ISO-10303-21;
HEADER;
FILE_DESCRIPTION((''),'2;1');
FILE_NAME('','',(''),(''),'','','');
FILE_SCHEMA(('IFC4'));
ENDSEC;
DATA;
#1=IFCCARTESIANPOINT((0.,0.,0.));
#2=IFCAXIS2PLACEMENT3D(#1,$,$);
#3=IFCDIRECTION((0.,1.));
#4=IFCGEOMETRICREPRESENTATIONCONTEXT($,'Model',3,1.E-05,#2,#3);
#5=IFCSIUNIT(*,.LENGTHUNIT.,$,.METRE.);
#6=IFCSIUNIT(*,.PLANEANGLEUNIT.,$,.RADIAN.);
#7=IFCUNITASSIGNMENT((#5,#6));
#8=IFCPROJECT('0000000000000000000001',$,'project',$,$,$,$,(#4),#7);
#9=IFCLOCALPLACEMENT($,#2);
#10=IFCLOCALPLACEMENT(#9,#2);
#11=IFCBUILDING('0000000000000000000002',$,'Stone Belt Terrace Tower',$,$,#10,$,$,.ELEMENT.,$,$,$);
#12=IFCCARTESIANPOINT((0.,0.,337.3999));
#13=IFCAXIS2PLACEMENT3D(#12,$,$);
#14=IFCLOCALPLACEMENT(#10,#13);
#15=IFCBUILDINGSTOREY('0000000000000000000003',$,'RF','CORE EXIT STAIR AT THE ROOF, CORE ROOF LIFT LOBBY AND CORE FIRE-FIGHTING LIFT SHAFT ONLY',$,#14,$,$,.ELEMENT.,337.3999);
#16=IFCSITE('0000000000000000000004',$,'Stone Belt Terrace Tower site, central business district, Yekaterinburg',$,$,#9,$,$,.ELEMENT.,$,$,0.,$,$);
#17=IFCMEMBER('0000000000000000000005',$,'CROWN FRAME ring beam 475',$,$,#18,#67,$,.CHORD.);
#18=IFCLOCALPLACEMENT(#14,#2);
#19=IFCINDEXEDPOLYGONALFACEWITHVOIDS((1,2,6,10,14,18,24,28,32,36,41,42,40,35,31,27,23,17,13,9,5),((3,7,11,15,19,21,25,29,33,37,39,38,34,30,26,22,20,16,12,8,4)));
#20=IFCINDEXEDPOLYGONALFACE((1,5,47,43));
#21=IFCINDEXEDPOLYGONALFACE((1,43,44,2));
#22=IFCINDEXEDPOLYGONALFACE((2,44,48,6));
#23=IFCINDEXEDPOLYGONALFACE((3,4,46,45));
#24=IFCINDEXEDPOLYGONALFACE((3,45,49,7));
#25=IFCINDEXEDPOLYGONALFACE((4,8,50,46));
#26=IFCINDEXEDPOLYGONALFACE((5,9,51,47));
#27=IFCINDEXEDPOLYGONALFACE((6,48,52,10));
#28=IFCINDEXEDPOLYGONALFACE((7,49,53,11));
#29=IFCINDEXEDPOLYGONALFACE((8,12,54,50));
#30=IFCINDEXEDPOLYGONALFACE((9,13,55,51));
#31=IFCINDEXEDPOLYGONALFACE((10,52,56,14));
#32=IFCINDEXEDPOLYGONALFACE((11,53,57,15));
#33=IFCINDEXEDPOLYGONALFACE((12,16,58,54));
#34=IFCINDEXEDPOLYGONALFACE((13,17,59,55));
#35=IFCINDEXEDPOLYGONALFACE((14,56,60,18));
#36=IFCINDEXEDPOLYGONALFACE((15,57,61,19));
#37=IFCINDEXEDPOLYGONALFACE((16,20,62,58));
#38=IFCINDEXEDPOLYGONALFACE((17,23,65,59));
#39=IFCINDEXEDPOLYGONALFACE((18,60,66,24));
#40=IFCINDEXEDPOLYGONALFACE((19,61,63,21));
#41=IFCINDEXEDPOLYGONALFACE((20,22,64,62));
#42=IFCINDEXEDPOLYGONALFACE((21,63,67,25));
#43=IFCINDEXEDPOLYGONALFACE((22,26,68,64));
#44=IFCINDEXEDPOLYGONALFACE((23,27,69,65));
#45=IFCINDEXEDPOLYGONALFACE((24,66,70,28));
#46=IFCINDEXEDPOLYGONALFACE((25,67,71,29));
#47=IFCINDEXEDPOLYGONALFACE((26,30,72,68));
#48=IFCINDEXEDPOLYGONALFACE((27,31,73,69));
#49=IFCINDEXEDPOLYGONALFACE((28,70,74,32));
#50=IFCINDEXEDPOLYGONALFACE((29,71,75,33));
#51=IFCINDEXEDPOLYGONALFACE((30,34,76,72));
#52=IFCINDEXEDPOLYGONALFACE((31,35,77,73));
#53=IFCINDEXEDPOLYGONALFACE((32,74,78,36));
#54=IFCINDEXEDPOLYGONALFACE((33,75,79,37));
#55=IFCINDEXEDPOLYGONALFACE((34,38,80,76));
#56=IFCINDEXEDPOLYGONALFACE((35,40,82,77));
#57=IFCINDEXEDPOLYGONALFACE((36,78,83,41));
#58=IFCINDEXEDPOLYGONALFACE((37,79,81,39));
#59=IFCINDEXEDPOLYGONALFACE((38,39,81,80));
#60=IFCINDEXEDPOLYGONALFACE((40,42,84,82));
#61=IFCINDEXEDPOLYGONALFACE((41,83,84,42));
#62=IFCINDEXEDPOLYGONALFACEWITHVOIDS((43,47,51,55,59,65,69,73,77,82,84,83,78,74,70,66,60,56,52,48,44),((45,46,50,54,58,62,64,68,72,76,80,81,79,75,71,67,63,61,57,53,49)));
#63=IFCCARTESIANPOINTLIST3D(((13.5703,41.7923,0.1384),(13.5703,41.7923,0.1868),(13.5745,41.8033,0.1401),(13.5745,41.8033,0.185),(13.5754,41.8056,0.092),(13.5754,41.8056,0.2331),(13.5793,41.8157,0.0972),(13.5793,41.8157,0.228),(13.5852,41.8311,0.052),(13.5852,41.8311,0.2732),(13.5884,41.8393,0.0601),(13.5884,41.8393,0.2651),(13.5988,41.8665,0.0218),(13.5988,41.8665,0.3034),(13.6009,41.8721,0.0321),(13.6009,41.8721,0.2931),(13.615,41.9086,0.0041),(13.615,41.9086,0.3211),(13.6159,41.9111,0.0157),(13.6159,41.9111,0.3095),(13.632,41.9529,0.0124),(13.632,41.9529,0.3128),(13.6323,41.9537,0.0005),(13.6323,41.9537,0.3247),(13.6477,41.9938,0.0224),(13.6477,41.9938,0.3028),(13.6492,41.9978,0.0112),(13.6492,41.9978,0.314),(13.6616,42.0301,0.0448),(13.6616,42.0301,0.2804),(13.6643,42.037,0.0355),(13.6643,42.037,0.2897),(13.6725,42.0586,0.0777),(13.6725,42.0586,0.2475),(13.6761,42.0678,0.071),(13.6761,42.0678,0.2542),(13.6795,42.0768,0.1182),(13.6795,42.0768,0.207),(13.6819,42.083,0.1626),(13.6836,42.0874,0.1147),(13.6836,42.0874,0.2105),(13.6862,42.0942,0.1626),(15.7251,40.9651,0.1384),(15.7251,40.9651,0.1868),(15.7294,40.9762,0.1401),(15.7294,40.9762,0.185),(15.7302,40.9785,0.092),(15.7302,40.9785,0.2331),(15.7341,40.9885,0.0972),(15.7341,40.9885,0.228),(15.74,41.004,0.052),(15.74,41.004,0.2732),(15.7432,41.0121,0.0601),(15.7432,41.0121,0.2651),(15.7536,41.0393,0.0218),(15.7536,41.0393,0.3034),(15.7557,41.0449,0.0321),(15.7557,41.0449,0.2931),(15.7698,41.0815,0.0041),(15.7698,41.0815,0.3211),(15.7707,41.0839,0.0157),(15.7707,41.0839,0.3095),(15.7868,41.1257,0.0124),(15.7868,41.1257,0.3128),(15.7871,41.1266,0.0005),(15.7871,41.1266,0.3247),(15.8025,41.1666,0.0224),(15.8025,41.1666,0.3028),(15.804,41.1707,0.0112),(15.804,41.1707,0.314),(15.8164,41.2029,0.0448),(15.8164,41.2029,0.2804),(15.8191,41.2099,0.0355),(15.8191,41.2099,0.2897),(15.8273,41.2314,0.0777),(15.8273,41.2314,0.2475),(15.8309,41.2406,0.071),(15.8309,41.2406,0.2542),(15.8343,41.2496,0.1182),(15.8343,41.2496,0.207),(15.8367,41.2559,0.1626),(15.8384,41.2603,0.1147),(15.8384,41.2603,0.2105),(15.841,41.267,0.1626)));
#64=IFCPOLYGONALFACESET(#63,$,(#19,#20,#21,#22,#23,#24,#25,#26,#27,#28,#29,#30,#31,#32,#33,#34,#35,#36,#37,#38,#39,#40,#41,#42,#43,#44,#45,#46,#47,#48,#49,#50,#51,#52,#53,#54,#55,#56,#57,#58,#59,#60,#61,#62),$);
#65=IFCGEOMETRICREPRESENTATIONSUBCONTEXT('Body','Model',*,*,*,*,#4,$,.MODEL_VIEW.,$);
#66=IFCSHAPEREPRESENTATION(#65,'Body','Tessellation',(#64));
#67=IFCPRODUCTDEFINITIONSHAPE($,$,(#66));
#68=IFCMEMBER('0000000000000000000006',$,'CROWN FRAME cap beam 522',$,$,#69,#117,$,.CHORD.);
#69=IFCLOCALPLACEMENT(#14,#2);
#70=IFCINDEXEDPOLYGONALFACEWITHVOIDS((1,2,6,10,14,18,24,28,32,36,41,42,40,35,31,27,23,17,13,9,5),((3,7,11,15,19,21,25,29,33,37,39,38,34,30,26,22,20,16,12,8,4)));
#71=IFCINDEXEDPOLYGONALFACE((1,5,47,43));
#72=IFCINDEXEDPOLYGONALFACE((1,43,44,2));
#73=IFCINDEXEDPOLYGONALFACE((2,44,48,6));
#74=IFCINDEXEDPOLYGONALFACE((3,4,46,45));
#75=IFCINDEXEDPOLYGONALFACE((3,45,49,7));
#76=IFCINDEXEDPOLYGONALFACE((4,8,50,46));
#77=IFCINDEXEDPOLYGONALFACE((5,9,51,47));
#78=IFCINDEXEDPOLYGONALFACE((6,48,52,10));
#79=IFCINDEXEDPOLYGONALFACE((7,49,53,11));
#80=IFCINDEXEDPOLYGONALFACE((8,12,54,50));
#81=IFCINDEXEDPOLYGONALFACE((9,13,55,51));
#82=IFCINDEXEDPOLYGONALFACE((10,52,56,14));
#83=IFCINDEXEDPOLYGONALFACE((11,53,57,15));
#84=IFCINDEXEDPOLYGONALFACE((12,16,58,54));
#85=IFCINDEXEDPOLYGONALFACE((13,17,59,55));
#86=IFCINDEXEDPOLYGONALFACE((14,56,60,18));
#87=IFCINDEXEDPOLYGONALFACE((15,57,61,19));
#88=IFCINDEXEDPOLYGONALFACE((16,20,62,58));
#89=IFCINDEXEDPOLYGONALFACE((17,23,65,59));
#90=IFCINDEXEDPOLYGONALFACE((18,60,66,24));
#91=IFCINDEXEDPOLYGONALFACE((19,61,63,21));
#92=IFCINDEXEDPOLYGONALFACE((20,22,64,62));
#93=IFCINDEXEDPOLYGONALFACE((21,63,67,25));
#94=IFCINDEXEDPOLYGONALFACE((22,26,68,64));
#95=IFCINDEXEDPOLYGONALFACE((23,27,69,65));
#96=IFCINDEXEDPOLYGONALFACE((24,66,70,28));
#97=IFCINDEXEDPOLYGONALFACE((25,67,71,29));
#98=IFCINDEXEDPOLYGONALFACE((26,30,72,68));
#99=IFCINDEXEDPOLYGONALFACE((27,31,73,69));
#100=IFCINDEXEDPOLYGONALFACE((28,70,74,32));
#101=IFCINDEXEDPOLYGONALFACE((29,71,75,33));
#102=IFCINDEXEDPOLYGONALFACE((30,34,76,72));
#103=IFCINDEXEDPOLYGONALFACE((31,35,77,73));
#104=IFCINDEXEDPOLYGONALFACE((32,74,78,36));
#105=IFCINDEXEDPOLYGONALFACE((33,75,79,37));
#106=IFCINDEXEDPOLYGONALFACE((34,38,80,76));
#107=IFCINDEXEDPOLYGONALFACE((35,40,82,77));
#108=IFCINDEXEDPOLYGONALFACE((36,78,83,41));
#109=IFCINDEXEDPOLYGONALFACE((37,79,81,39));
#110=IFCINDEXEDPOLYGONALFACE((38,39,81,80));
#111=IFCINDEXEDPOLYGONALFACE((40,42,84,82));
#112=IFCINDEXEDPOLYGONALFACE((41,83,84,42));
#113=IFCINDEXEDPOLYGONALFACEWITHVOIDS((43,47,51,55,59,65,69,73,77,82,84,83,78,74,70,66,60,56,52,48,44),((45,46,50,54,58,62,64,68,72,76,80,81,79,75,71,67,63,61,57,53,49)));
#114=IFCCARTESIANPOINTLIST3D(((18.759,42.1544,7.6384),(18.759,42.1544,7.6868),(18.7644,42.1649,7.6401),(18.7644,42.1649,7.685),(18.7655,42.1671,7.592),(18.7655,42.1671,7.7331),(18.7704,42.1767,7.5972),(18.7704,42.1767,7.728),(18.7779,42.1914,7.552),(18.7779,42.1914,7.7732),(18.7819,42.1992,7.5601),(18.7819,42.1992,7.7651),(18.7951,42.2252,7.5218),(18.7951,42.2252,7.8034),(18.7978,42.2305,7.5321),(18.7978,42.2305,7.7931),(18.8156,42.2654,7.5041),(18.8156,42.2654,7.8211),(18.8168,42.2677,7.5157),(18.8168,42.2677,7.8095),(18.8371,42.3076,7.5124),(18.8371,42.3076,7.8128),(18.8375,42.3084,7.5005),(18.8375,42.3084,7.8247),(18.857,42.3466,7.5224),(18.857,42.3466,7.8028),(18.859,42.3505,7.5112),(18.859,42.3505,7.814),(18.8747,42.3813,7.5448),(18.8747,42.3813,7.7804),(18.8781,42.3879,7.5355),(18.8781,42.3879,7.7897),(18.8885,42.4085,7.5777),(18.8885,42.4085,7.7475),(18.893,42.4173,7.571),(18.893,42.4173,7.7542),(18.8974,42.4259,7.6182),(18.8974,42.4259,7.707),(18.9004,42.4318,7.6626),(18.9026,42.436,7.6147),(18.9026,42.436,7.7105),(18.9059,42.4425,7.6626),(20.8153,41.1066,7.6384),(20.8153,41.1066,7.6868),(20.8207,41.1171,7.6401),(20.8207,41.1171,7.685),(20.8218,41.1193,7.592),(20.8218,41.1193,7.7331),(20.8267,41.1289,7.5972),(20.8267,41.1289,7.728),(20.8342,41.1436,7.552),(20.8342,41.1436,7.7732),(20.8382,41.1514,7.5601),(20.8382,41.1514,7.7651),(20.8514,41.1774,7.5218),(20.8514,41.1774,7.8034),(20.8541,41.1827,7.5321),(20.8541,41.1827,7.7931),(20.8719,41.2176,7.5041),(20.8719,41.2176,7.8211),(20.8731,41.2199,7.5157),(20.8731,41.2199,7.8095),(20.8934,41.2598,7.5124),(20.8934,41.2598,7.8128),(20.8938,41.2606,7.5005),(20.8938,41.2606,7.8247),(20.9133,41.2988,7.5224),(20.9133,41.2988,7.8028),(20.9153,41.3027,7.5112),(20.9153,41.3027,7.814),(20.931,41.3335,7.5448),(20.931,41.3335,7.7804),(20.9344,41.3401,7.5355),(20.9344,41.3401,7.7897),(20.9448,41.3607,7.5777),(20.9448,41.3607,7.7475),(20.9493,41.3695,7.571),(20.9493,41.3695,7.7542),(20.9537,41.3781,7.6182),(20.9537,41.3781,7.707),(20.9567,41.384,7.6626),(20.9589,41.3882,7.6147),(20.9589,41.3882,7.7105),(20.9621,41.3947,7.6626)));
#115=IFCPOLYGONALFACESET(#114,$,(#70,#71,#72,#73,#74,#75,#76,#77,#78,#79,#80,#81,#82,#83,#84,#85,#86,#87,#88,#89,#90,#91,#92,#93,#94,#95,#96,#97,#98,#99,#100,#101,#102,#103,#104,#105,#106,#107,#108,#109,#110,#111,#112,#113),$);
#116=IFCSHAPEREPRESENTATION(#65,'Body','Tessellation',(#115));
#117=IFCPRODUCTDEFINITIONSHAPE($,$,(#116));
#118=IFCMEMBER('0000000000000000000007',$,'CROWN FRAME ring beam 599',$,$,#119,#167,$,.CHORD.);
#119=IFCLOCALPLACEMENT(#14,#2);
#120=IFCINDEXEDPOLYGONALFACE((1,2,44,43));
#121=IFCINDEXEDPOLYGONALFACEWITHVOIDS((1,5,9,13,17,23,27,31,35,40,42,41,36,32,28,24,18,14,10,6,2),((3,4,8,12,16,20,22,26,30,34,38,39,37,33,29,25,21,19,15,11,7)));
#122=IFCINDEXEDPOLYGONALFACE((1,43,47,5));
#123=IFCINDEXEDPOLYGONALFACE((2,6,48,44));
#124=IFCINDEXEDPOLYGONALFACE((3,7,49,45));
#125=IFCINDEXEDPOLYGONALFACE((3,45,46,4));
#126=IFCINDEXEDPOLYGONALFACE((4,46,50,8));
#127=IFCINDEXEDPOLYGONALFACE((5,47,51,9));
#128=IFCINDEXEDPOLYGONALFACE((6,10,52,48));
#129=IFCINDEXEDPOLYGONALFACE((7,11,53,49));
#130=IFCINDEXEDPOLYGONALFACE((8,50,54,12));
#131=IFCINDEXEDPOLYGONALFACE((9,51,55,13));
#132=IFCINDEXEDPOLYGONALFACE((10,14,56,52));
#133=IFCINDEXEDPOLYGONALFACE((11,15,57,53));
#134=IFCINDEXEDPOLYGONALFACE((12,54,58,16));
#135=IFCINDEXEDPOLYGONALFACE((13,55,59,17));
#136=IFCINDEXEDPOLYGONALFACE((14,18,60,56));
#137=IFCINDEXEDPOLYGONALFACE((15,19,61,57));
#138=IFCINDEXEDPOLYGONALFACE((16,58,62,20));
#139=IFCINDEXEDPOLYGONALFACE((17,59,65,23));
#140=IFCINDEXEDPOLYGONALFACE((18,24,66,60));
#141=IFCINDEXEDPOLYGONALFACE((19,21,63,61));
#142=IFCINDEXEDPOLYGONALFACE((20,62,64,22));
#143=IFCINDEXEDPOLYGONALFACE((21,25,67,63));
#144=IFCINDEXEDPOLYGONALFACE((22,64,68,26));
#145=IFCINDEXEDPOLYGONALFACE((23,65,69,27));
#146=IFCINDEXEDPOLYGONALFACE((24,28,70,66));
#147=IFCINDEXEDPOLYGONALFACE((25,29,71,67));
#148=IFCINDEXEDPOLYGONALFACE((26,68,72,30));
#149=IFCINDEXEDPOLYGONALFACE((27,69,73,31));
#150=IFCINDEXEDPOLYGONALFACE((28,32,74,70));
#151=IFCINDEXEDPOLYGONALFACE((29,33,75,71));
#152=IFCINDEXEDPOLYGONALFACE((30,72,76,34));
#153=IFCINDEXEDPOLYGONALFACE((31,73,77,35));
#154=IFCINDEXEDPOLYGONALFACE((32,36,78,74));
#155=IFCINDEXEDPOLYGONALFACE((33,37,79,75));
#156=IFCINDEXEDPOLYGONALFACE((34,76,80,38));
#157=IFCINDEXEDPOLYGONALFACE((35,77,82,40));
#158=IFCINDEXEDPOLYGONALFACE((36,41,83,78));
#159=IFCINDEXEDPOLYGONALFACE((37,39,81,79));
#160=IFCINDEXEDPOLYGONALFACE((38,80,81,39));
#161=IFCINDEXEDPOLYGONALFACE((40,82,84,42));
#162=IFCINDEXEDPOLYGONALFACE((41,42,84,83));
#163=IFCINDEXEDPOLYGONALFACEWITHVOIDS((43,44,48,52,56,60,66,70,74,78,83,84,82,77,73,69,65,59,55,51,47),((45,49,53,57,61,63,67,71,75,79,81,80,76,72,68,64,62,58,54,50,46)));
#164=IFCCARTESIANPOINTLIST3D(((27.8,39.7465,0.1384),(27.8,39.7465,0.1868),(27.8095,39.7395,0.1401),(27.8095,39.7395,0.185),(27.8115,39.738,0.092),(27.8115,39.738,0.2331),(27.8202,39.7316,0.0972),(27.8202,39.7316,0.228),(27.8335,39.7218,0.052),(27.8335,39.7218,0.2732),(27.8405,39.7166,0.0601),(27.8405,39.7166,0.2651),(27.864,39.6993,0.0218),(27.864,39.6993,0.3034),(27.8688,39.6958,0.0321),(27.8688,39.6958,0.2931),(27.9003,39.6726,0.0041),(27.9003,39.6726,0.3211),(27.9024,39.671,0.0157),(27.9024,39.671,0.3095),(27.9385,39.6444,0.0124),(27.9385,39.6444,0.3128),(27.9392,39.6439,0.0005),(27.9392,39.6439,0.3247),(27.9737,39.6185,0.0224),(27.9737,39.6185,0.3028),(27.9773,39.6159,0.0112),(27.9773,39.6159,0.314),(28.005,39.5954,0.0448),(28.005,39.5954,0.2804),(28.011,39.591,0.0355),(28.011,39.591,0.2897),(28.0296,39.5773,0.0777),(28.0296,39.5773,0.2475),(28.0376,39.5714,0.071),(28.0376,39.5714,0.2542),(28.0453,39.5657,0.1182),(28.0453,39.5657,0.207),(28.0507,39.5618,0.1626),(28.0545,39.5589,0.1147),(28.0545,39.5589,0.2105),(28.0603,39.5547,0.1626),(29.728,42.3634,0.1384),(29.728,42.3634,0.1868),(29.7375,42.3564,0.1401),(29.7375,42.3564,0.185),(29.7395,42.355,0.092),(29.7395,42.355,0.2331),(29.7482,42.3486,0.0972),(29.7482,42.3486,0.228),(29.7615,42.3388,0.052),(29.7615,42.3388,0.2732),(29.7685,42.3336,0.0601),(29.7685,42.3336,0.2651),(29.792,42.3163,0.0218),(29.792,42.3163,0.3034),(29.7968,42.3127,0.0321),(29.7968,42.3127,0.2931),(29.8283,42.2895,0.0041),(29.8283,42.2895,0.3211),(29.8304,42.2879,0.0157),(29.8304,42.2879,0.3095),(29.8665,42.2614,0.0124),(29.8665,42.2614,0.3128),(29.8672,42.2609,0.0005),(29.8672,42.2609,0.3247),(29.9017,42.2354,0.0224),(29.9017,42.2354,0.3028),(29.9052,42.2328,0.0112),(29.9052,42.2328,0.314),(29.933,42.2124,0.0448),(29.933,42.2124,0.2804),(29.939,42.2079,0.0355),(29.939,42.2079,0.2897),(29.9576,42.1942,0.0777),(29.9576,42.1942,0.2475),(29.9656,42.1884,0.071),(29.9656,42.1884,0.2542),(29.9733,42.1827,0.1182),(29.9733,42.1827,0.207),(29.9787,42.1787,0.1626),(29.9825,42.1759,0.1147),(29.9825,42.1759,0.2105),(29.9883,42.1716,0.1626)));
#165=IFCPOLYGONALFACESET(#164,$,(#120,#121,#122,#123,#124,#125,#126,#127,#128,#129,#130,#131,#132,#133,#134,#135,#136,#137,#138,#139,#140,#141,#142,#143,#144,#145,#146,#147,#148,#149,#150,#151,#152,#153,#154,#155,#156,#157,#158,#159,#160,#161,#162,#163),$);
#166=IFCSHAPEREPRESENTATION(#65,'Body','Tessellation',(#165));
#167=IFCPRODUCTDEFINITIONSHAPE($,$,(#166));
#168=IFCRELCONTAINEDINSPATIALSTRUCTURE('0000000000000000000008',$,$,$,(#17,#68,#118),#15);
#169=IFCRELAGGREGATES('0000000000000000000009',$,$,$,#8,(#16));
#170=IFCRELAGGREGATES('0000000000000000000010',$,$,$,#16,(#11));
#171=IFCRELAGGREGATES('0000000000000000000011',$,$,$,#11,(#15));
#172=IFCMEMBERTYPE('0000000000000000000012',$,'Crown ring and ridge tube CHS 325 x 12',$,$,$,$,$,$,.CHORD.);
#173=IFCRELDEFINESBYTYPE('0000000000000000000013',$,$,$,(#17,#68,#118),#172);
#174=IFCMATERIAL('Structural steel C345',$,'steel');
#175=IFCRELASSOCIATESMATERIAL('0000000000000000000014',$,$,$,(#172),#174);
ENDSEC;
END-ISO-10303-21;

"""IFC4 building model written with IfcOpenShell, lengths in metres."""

from ifc_helpers import new_model, si_unit, direction, frame, origin, origin_2d, place, context, subcontext, project, spatial, hollow_circle, extrude, material, material_profile, profile_set, type_object, element, save


model = new_model("IFC4")

# Units and contexts
model_context = context("Model", 3, precision=1e-05, world=origin(), true_north=direction((0.0, 1.0)))
body_context = subcontext(model_context, "Body", "Model", "MODEL_VIEW")
ifc_project = project(units=[si_unit("LENGTHUNIT", "METRE"), si_unit("PLANEANGLEUNIT", "RADIAN")], contexts=[model_context])

# Site, building, storey
site_placement = place(None, origin())
site = spatial("IfcSite", under=ifc_project, at=site_placement, Name="Stone Belt Terrace Tower site, central business district, Yekaterinburg", CompositionType="ELEMENT", RefElevation=0.0)
building_placement = place(site_placement, origin())
building = spatial("IfcBuilding", under=site, at=building_placement, Name="Stone Belt Terrace Tower", CompositionType="ELEMENT")
storey_placement = place(building_placement, frame((0.0, 0.0, 337.3999)))
storey = spatial("IfcBuildingStorey", under=building, at=storey_placement, Name="RF", Description="CORE EXIT STAIR AT THE ROOF, CORE ROOF LIFT LOBBY AND CORE FIRE-FIGHTING LIFT SHAFT ONLY", CompositionType="ELEMENT", Elevation=337.3999)

# Members
ifc_material_1 = material(Name="Structural steel C345", Category="steel")
ifc_material_profile_1 = material_profile(ifc_material_1, hollow_circle(Radius=0.1626, WallThickness=0.012, at=origin_2d()), Name="Structural steel C345 CHS 325x12")
ifc_profile_set_1 = profile_set([ifc_material_profile_1], Name="Structural steel C345")
member_type_1 = type_object("IfcMemberType", Name="Crown ring and ridge tube CHS 325 x 12", PredefinedType="CHORD", material=ifc_profile_set_1)
for number, where, z_axis, x_axis, name in (
    (1, (13.6279, 41.9424, 0.1626), (0.93358, -0.358369, 0.0), (0.358369, 0.93358, 0.0), "CROWN FRAME ring beam 475"),
):
    element("IfcMember", number, at=place(storey_placement, frame(where, z_axis=z_axis, x_axis=x_axis)), inside=storey, type_object=member_type_1, Name=name, PredefinedType="CHORD", context=body_context, shape_type="SweptSolid", body=[
        extrude(hollow_circle(Radius=0.1626, WallThickness=0.012, at=origin_2d()), origin(), (0.0, 0.0, 1.0), 2.3081),
    ])
member_1_placement = place(storey_placement, frame((18.832, 42.2976, 7.6626), z_axis=(0.890995, -0.454013, 0.0), x_axis=(0.454013, 0.890995, 0.0)))
element("IfcMember", 2, at=member_1_placement, inside=storey, type_object=member_type_1, Name="CROWN FRAME cap beam 522", PredefinedType="CHORD", context=body_context, shape_type="SweptSolid", body=[
    extrude(hollow_circle(Radius=0.1626, WallThickness=0.012, at=origin_2d()), origin(), (0.0, 0.0, 1.0), 2.3079),
])
member_2_placement = place(storey_placement, frame((29.8574, 42.2681, 0.1626), z_axis=(-0.59314, -0.805099, 0.0), x_axis=(0.805099, -0.59314, 0.0)))
element("IfcMember", 3, at=member_2_placement, inside=storey, type_object=member_type_1, Name="CROWN FRAME ring beam 599", PredefinedType="CHORD", context=body_context, shape_type="SweptSolid", body=[
    extrude(hollow_circle(Radius=0.1626, WallThickness=0.012, at=origin_2d()), origin(), (0.0, 0.0, 1.0), 3.2505),
])

save(model, "model.ifc")
